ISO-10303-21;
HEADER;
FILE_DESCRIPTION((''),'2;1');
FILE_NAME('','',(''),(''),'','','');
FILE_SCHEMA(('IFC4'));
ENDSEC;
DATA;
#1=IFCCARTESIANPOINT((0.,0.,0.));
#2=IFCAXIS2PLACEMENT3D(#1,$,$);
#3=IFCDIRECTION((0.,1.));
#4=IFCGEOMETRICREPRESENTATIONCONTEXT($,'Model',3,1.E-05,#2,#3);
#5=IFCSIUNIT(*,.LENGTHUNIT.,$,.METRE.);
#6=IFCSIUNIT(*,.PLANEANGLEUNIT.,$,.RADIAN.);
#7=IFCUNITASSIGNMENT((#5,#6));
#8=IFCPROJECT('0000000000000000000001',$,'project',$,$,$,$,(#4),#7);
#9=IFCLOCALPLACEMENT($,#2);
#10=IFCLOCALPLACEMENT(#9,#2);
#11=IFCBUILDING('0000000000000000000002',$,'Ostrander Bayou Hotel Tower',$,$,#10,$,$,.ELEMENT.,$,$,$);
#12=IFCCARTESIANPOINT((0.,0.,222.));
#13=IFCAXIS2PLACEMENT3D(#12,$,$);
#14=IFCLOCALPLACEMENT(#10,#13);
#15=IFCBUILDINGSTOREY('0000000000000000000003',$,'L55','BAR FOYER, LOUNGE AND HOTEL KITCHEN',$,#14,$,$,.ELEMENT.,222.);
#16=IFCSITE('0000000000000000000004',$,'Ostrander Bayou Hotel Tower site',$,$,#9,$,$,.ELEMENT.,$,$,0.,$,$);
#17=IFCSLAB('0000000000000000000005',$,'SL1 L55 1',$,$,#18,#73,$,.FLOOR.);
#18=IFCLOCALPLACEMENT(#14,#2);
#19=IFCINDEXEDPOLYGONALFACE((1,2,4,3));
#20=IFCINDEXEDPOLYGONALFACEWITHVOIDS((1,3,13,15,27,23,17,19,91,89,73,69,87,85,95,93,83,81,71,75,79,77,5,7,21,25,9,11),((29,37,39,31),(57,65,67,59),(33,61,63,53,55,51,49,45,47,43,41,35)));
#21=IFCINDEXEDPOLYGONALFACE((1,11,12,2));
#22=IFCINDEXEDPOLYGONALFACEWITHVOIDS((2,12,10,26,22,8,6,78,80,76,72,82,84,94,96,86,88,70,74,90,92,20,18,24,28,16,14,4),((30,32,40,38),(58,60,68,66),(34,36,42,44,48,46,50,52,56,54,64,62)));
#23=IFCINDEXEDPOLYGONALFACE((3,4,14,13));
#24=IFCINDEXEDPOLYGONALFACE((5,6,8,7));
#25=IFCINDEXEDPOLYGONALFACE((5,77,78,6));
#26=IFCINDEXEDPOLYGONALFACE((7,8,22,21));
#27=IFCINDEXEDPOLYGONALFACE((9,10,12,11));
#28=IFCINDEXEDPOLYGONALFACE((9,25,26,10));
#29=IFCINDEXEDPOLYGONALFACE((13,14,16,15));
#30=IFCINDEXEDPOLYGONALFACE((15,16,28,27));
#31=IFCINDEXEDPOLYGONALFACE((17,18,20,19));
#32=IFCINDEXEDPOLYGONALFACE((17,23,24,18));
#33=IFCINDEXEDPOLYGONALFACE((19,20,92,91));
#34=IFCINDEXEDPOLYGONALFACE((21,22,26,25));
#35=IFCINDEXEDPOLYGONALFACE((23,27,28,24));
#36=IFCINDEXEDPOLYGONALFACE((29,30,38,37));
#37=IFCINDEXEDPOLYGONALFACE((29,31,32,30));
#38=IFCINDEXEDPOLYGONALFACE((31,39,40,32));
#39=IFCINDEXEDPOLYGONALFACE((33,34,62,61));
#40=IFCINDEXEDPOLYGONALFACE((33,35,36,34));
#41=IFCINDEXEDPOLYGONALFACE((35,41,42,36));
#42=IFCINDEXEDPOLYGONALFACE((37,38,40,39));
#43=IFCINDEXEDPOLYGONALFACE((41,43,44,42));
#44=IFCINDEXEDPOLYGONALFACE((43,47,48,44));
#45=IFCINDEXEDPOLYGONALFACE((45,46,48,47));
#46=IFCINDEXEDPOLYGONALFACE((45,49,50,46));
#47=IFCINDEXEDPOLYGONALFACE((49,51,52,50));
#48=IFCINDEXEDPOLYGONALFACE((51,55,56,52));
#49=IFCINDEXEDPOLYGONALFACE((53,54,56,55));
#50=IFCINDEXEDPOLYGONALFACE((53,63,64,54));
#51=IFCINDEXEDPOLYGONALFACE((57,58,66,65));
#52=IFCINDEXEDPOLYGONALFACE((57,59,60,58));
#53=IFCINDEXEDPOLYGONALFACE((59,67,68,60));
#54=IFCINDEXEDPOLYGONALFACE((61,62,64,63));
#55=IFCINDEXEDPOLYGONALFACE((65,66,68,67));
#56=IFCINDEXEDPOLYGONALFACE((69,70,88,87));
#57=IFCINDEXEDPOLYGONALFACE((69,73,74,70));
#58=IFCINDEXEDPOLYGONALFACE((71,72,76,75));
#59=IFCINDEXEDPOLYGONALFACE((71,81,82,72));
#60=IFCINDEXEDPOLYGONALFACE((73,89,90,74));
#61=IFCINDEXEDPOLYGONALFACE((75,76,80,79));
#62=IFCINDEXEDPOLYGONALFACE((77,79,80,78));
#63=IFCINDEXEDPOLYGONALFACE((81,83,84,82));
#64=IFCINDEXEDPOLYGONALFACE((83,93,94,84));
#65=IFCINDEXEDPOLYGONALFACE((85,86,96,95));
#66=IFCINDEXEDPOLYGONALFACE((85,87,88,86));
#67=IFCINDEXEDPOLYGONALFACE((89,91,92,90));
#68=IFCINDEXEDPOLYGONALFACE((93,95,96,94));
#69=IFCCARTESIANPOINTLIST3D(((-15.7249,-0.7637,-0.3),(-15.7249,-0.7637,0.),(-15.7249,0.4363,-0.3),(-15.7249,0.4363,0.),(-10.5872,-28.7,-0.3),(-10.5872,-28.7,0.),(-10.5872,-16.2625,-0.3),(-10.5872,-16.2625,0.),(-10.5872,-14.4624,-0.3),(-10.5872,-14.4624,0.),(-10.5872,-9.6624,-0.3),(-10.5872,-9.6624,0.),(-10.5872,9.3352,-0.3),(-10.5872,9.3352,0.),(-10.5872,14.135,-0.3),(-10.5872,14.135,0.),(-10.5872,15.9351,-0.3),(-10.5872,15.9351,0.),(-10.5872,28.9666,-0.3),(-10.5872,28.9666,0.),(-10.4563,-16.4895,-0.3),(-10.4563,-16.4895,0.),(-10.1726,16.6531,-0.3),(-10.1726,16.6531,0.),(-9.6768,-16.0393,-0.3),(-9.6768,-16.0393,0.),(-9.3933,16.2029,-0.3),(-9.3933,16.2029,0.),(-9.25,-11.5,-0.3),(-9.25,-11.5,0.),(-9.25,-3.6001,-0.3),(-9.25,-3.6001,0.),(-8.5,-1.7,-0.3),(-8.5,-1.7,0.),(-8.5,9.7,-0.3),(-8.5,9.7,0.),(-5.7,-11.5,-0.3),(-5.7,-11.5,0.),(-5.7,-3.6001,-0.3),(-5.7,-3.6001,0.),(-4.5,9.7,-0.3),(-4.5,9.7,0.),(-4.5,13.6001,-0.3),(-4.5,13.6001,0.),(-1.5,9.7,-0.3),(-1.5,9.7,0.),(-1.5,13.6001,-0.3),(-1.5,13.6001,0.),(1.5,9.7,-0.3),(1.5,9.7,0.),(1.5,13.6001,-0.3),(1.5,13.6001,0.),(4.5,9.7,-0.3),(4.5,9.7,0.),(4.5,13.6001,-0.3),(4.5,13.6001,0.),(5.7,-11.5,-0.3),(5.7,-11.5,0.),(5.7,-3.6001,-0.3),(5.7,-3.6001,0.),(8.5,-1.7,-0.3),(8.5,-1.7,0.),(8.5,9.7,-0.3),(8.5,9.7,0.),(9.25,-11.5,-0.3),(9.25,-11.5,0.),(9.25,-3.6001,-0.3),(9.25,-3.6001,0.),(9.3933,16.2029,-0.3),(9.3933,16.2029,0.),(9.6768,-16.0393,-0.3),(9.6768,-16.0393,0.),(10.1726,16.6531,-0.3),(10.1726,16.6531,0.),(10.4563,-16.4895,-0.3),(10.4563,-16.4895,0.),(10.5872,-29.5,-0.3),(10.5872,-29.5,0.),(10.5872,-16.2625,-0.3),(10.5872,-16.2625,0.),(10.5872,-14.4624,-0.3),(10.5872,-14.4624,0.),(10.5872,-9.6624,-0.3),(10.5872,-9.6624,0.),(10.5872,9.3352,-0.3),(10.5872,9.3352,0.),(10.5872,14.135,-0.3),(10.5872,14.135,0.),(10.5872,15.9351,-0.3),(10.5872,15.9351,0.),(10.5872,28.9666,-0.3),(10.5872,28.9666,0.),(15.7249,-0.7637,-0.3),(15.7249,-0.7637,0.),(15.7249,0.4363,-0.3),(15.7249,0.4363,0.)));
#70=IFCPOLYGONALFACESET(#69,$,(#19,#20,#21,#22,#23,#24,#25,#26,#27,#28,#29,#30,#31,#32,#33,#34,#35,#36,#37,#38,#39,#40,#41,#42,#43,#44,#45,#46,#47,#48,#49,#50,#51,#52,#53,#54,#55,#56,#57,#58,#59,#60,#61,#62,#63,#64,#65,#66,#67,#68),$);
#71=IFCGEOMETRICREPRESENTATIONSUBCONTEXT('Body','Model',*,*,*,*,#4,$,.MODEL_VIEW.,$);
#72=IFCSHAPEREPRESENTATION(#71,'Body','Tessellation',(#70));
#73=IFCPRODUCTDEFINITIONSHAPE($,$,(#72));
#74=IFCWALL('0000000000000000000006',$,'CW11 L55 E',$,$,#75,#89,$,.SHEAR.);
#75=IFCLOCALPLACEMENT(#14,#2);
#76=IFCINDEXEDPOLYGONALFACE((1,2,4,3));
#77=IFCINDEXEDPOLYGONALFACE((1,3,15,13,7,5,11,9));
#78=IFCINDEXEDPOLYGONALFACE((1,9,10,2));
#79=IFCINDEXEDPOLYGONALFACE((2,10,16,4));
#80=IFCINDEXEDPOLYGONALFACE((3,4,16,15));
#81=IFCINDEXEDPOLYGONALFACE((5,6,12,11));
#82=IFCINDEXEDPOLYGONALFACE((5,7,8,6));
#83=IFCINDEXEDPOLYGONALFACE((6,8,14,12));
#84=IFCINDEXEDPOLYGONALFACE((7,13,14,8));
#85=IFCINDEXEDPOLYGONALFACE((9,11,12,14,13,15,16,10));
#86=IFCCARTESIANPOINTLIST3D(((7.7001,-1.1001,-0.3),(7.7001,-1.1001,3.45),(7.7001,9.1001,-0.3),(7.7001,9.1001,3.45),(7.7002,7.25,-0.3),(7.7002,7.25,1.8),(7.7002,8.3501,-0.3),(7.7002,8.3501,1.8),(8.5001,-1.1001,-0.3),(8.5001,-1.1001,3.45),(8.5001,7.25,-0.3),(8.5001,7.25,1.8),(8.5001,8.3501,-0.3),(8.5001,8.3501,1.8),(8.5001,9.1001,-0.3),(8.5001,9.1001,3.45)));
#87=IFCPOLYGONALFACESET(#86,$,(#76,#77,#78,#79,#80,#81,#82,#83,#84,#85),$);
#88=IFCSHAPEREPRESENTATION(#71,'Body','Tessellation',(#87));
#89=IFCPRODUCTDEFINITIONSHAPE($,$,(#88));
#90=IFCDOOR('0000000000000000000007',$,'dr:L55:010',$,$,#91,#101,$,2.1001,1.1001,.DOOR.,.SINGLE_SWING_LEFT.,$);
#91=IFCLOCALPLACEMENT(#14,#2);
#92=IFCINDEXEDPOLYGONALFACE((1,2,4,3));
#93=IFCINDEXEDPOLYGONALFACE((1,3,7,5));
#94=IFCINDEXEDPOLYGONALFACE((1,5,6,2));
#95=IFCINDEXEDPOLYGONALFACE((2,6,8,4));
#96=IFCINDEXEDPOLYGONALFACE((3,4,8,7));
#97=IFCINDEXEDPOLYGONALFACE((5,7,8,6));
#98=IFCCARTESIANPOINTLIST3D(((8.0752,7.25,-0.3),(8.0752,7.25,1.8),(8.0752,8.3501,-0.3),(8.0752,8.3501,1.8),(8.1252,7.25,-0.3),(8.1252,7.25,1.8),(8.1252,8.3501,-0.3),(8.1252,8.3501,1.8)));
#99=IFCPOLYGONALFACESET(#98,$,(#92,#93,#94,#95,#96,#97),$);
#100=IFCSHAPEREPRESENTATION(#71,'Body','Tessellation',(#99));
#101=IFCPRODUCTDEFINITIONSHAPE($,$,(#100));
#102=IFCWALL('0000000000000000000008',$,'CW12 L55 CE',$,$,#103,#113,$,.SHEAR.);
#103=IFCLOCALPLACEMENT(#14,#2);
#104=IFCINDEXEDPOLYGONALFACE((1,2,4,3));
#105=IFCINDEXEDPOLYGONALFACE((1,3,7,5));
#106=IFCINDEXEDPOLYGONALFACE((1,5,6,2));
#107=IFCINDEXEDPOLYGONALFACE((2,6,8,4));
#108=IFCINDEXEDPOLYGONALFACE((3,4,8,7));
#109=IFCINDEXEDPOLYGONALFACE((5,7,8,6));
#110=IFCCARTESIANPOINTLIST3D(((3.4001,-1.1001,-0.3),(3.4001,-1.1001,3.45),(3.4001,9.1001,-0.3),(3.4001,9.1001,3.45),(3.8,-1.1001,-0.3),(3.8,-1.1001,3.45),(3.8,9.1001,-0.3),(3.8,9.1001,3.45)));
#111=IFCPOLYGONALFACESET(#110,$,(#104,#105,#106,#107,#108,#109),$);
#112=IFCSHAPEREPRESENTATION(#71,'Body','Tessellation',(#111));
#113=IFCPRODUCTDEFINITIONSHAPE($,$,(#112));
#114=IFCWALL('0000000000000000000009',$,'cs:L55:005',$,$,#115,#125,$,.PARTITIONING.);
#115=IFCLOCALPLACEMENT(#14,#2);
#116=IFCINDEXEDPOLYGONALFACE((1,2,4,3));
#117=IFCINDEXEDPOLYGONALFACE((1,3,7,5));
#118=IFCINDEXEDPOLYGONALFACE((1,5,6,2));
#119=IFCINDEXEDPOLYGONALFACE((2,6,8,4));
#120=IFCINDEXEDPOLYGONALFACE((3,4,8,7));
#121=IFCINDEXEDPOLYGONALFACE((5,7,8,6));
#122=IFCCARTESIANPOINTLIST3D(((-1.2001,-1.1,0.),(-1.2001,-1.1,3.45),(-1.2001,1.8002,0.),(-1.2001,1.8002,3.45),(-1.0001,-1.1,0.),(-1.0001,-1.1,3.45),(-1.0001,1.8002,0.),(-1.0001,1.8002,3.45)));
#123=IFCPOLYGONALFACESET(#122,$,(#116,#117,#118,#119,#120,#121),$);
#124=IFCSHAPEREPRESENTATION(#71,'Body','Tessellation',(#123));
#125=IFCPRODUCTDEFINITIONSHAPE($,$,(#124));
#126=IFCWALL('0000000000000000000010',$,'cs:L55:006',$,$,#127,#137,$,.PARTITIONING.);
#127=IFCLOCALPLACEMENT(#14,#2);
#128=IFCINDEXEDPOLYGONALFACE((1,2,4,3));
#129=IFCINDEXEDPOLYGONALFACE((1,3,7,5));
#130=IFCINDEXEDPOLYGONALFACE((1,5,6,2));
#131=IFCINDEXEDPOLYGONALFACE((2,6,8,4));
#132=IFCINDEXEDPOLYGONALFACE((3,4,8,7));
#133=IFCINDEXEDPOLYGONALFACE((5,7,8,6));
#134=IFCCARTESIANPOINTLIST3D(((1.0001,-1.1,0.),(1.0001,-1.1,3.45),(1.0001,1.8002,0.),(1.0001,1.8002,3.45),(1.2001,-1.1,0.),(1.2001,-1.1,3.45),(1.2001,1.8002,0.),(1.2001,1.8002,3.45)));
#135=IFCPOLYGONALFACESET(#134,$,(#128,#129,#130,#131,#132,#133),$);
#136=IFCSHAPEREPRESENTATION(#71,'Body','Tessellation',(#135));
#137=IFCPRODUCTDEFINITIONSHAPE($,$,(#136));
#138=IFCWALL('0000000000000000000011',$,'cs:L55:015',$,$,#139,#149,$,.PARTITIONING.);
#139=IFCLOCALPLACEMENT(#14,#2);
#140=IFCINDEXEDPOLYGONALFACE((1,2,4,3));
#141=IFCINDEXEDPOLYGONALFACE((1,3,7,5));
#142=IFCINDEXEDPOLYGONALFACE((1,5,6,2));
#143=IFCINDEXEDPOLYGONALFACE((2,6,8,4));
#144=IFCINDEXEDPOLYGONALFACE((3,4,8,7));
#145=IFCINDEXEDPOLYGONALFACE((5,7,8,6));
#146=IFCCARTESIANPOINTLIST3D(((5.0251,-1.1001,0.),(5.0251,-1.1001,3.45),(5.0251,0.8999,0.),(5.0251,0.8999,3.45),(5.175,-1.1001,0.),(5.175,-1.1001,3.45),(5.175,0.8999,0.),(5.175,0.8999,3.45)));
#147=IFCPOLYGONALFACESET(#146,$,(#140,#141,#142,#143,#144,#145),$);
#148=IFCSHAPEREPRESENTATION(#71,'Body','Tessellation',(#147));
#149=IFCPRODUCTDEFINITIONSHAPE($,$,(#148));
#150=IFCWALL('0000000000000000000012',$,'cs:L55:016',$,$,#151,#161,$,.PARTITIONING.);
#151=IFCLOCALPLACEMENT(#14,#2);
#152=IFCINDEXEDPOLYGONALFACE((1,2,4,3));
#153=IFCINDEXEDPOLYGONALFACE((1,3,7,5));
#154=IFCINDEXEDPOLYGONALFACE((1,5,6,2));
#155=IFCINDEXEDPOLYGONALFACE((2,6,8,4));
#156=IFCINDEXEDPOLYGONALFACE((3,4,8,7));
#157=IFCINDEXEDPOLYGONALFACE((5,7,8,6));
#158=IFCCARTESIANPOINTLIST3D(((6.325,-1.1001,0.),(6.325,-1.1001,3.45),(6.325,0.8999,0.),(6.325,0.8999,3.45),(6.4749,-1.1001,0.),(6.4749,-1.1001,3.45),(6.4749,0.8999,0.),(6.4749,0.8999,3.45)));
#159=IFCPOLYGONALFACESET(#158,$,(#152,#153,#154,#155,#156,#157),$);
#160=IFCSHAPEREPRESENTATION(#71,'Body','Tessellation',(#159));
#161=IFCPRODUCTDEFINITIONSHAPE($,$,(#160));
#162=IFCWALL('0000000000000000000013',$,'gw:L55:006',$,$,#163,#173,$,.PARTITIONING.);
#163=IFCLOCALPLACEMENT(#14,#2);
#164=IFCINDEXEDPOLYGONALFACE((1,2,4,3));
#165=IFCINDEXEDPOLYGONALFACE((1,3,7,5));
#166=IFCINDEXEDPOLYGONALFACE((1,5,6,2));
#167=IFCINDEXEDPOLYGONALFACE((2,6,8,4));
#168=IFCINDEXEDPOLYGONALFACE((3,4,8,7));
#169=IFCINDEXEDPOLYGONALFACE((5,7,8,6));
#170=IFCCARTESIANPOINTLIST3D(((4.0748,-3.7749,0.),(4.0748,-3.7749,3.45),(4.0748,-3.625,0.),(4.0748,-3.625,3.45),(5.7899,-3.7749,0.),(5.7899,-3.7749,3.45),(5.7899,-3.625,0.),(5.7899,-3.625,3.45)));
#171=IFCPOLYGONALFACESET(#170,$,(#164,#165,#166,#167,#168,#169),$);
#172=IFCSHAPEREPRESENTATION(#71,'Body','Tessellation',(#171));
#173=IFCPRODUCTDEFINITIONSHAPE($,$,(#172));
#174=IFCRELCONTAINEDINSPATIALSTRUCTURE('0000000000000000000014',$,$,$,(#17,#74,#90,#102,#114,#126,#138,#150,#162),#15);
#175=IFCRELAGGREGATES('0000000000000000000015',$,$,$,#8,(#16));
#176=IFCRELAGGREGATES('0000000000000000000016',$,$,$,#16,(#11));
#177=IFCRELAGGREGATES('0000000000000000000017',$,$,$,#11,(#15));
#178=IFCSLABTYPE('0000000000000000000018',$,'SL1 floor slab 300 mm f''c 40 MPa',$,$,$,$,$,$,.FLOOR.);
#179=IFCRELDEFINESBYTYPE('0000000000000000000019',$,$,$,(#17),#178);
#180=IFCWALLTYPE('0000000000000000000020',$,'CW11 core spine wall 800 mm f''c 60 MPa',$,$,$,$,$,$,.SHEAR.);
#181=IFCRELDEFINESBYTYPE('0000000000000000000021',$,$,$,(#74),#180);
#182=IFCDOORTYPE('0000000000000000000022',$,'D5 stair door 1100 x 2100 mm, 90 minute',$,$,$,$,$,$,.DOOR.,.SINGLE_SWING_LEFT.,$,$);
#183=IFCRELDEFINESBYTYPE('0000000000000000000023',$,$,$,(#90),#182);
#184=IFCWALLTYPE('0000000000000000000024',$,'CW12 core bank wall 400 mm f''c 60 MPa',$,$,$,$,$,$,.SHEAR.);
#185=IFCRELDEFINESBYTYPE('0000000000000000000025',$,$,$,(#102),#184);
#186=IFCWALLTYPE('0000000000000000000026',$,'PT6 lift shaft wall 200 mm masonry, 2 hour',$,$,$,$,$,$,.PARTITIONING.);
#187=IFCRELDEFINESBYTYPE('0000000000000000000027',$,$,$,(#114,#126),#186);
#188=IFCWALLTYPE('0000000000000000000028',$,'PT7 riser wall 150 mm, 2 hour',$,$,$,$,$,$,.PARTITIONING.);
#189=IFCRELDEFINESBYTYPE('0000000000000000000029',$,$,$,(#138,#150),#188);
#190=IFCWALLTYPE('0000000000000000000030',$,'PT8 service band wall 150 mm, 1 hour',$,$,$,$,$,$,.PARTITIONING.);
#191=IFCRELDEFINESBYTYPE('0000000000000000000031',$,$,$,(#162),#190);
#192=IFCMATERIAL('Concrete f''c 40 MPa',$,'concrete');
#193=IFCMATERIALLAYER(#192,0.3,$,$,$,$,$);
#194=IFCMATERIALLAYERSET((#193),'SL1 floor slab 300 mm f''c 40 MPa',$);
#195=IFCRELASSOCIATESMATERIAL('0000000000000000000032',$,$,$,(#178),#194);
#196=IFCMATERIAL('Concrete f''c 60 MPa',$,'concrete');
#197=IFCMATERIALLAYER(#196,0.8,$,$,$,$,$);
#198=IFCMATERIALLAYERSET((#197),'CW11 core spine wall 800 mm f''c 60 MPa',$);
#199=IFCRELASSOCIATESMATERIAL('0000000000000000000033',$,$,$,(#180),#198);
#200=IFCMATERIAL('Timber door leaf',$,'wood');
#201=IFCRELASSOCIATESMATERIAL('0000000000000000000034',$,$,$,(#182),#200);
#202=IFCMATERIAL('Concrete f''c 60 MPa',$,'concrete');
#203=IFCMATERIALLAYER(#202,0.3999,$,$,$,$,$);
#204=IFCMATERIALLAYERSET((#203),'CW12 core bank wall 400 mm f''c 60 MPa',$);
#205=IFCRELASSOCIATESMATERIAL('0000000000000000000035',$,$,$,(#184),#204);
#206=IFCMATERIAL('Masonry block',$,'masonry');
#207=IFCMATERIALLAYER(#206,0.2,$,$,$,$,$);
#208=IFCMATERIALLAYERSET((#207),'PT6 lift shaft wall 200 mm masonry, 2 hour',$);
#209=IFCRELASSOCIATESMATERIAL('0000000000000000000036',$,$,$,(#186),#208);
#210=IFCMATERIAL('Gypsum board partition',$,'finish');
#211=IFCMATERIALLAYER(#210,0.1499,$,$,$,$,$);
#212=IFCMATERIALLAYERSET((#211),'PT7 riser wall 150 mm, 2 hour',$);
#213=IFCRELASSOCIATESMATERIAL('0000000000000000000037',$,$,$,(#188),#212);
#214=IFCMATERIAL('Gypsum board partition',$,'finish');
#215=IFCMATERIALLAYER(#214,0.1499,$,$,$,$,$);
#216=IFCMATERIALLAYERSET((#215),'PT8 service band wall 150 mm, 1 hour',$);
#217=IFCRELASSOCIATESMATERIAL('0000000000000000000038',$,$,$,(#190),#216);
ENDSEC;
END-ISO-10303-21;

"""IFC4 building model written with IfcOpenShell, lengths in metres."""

from ifc_helpers import new_model, si_unit, direction, frame, frame_2d, origin, place, context, subcontext, project, spatial, polyline, rectangle, outline, extrude, material, layer, layer_set, type_object, element, fill, save


model = new_model("IFC4")

# Units and contexts
model_context = context("Model", 3, precision=1e-05, world=origin(), true_north=direction((0.0, 1.0)))
body_context = subcontext(model_context, "Body", "Model", "MODEL_VIEW")
ifc_project = project(units=[si_unit("LENGTHUNIT", "METRE"), si_unit("PLANEANGLEUNIT", "RADIAN")], contexts=[model_context])

# Site, building, storey
site_placement = place(None, origin())
site = spatial("IfcSite", under=ifc_project, at=site_placement, Name="Ostrander Bayou Hotel Tower site", CompositionType="ELEMENT", RefElevation=0.0)
building_placement = place(site_placement, origin())
building = spatial("IfcBuilding", under=site, at=building_placement, Name="Ostrander Bayou Hotel Tower", CompositionType="ELEMENT")
storey_placement = place(building_placement, frame((0.0, 0.0, 222.0)))
storey = spatial("IfcBuildingStorey", under=building, at=storey_placement, Name="L55", Description="BAR FOYER, LOUNGE AND HOTEL KITCHEN", CompositionType="ELEMENT", Elevation=222.0)

# Slab
ifc_material_1 = material(Name="Concrete f'c 40 MPa", Category="concrete")
ifc_layer_1 = layer(ifc_material_1, 0.3)
ifc_layer_set_1 = layer_set([ifc_layer_1], Name="SL1 floor slab 300 mm f'c 40 MPa")
slab_type = type_object("IfcSlabType", Name="SL1 floor slab 300 mm f'c 40 MPa", PredefinedType="FLOOR", material=ifc_layer_set_1)
slab_placement = place(storey_placement, frame((0.0, 0.0, -0.3)))
element("IfcSlab", 1, at=slab_placement, inside=storey, type_object=slab_type, Name="SL1 L55 1", PredefinedType="FLOOR", context=body_context, shape_type="SweptSolid", body=[
    extrude(outline(polyline([(-10.4563, -16.4895), (-9.6768, -16.0393), (-10.5872, -14.4624), (-10.5872, -9.6624), (-15.7249, -0.7637), (-15.7249, 0.4363), (-10.5872, 9.3352), (-10.5872, 14.135), (-9.3933, 16.2029), (-10.1726, 16.6531), (-10.5872, 15.9351), (-10.5872, 28.9666), (10.5872, 28.9666), (10.5872, 15.9351), (10.1726, 16.6531), (9.3933, 16.2029), (10.5872, 14.135), (10.5872, 9.3352), (15.7249, 0.4363), (15.7249, -0.7637), (10.5872, -9.6624), (10.5872, -14.4624), (9.6768, -16.0393), (10.4563, -16.4895), (10.5872, -16.2625), (10.5872, -29.5), (-10.5872, -28.7), (-10.5872, -16.2625), (-10.4563, -16.4895)]), holes=[polyline([(9.25, -3.6001), (5.7, -3.6001), (5.7, -11.5), (9.25, -11.5), (9.25, -3.6001)]), polyline([(-8.5, -1.7), (8.5, -1.7), (8.5, 9.7), (4.5, 9.7), (4.5, 13.6001), (1.5, 13.6001), (1.5, 9.7), (-1.5, 9.7), (-1.5, 13.6001), (-4.5, 13.6001), (-4.5, 9.7), (-8.5, 9.7), (-8.5, -1.7)]), polyline([(-5.7, -3.6001), (-9.25, -3.6001), (-9.25, -11.5), (-5.7, -11.5), (-5.7, -3.6001)])]), origin(), (0.0, 0.0, 1.0), 0.3),
])

# Wall, opening, door
ifc_material_2 = material(Name="Concrete f'c 60 MPa", Category="concrete")
ifc_layer_2 = layer(ifc_material_2, 0.8)
ifc_layer_set_2 = layer_set([ifc_layer_2], Name="CW11 core spine wall 800 mm f'c 60 MPa")
wall_type_1 = type_object("IfcWallType", Name="CW11 core spine wall 800 mm f'c 60 MPa", PredefinedType="SHEAR", material=ifc_layer_set_2)
wall_1_placement = place(storey_placement, frame((8.1001, -1.1001, -0.3), z_axis=(0.0, 0.0, 1.0), x_axis=(0.0, 1.0, 0.0)))
wall_1 = element("IfcWall", 2, at=wall_1_placement, inside=storey, type_object=wall_type_1, Name="CW11 L55 E", PredefinedType="SHEAR", context=body_context, shape_type="SweptSolid", body=[
    extrude(rectangle(XDim=10.2002, YDim=0.8, at=frame_2d((5.1001, 0.0))), origin(), (0.0, 0.0, 1.0), 3.75),
])
opening_1_placement = place(wall_1_placement, frame((8.3501, 0.0, 0.0)))
opening_1 = element("IfcOpeningElement", 3, at=opening_1_placement, cuts=wall_1, PredefinedType="OPENING", context=body_context, shape_type="SweptSolid", body=[
    extrude(rectangle(XDim=1.1001, YDim=2.1001, at=frame_2d((0.55, 1.05))), frame((0.0, 0.3999, 0.0), z_axis=(0.0, -1.0, 0.0), x_axis=(1.0, 0.0, 0.0)), (0.0, 0.0, 1.0), 0.8),
])
ifc_material_3 = material(Name="Timber door leaf", Category="wood")
door_type_1 = type_object("IfcDoorType", Name="D5 stair door 1100 x 2100 mm, 90 minute", OperationType="SINGLE_SWING_LEFT", PredefinedType="DOOR", material=ifc_material_3)
door_1_placement = place(opening_1_placement, origin())
door_1 = element("IfcDoor", 4, at=door_1_placement, inside=storey, type_object=door_type_1, Name="dr:L55:010", OperationType="SINGLE_SWING_LEFT", OverallHeight=2.1001, OverallWidth=1.1001, PredefinedType="DOOR", context=body_context, shape_type="SweptSolid", body=[
    extrude(rectangle(XDim=1.1001, YDim=2.1001, at=frame_2d((0.55, 1.05))), frame((0.0, 0.0249, 0.0), z_axis=(0.0, -1.0, 0.0), x_axis=(1.0, 0.0, 0.0)), (0.0, 0.0, 1.0), 0.05),
])
fill(opening_1, door_1)

# Walls
ifc_material_4 = material(Name="Concrete f'c 60 MPa", Category="concrete")
ifc_layer_3 = layer(ifc_material_4, 0.3999)
ifc_layer_set_3 = layer_set([ifc_layer_3], Name="CW12 core bank wall 400 mm f'c 60 MPa")
wall_type_2 = type_object("IfcWallType", Name="CW12 core bank wall 400 mm f'c 60 MPa", PredefinedType="SHEAR", material=ifc_layer_set_3)
wall_2_placement = place(storey_placement, frame((3.6001, -1.1001, -0.3), z_axis=(0.0, 0.0, 1.0), x_axis=(0.0, 1.0, 0.0)))
element("IfcWall", 5, at=wall_2_placement, inside=storey, type_object=wall_type_2, Name="CW12 L55 CE", PredefinedType="SHEAR", context=body_context, shape_type="SweptSolid", body=[
    extrude(rectangle(XDim=10.2002, YDim=0.3999, at=frame_2d((5.1001, 0.0))), origin(), (0.0, 0.0, 1.0), 3.75),
])
ifc_material_5 = material(Name="Masonry block", Category="masonry")
ifc_layer_4 = layer(ifc_material_5, 0.2)
ifc_layer_set_4 = layer_set([ifc_layer_4], Name="PT6 lift shaft wall 200 mm masonry, 2 hour")
wall_type_3 = type_object("IfcWallType", Name="PT6 lift shaft wall 200 mm masonry, 2 hour", PredefinedType="PARTITIONING", material=ifc_layer_set_4)
for number, where, z_axis, x_axis, name in (
    (6, (-1.1001, -1.1001, 0.0), (0.0, 0.0, 1.0), (0.0, 1.0, 0.0), "cs:L55:005"),
    (7, (1.1001, -1.1001, 0.0), (0.0, 0.0, 1.0), (0.0, 1.0, 0.0), "cs:L55:006"),
):
    element("IfcWall", number, at=place(storey_placement, frame(where, z_axis=z_axis, x_axis=x_axis)), inside=storey, type_object=wall_type_3, Name=name, PredefinedType="PARTITIONING", context=body_context, shape_type="SweptSolid", body=[
        extrude(rectangle(XDim=2.9001, YDim=0.2, at=frame_2d((1.4502, 0.0))), origin(), (0.0, 0.0, 1.0), 3.45),
    ])
ifc_material_6 = material(Name="Gypsum board partition", Category="finish")
ifc_layer_5 = layer(ifc_material_6, 0.1499)
ifc_layer_set_5 = layer_set([ifc_layer_5], Name="PT7 riser wall 150 mm, 2 hour")
wall_type_4 = type_object("IfcWallType", Name="PT7 riser wall 150 mm, 2 hour", PredefinedType="PARTITIONING", material=ifc_layer_set_5)
for number, where, z_axis, x_axis, name in (
    (8, (5.1001, -1.1001, 0.0), (0.0, 0.0, 1.0), (0.0, 1.0, 0.0), "cs:L55:015"),
    (9, (6.3999, -1.1001, 0.0), (0.0, 0.0, 1.0), (0.0, 1.0, 0.0), "cs:L55:016"),
):
    element("IfcWall", number, at=place(storey_placement, frame(where, z_axis=z_axis, x_axis=x_axis)), inside=storey, type_object=wall_type_4, Name=name, PredefinedType="PARTITIONING", context=body_context, shape_type="SweptSolid", body=[
        extrude(rectangle(XDim=2.0, YDim=0.1499, at=frame_2d((1.0, 0.0))), origin(), (0.0, 0.0, 1.0), 3.45),
    ])
ifc_material_7 = material(Name="Gypsum board partition", Category="finish")
ifc_layer_6 = layer(ifc_material_7, 0.1499)
ifc_layer_set_6 = layer_set([ifc_layer_6], Name="PT8 service band wall 150 mm, 1 hour")
wall_type_5 = type_object("IfcWallType", Name="PT8 service band wall 150 mm, 1 hour", PredefinedType="PARTITIONING", material=ifc_layer_set_6)
wall_3_placement = place(storey_placement, frame((4.075, -3.7, 0.0), z_axis=(0.0, 0.0, 1.0), x_axis=(1.0, 0.0, 0.0)))
element("IfcWall", 10, at=wall_3_placement, inside=storey, type_object=wall_type_5, Name="gw:L55:006", PredefinedType="PARTITIONING", context=body_context, shape_type="SweptSolid", body=[
    extrude(rectangle(XDim=1.7151, YDim=0.1499, at=frame_2d((0.8574, 0.0))), origin(), (0.0, 0.0, 1.0), 3.45),
])

save(model, "model.ifc")
